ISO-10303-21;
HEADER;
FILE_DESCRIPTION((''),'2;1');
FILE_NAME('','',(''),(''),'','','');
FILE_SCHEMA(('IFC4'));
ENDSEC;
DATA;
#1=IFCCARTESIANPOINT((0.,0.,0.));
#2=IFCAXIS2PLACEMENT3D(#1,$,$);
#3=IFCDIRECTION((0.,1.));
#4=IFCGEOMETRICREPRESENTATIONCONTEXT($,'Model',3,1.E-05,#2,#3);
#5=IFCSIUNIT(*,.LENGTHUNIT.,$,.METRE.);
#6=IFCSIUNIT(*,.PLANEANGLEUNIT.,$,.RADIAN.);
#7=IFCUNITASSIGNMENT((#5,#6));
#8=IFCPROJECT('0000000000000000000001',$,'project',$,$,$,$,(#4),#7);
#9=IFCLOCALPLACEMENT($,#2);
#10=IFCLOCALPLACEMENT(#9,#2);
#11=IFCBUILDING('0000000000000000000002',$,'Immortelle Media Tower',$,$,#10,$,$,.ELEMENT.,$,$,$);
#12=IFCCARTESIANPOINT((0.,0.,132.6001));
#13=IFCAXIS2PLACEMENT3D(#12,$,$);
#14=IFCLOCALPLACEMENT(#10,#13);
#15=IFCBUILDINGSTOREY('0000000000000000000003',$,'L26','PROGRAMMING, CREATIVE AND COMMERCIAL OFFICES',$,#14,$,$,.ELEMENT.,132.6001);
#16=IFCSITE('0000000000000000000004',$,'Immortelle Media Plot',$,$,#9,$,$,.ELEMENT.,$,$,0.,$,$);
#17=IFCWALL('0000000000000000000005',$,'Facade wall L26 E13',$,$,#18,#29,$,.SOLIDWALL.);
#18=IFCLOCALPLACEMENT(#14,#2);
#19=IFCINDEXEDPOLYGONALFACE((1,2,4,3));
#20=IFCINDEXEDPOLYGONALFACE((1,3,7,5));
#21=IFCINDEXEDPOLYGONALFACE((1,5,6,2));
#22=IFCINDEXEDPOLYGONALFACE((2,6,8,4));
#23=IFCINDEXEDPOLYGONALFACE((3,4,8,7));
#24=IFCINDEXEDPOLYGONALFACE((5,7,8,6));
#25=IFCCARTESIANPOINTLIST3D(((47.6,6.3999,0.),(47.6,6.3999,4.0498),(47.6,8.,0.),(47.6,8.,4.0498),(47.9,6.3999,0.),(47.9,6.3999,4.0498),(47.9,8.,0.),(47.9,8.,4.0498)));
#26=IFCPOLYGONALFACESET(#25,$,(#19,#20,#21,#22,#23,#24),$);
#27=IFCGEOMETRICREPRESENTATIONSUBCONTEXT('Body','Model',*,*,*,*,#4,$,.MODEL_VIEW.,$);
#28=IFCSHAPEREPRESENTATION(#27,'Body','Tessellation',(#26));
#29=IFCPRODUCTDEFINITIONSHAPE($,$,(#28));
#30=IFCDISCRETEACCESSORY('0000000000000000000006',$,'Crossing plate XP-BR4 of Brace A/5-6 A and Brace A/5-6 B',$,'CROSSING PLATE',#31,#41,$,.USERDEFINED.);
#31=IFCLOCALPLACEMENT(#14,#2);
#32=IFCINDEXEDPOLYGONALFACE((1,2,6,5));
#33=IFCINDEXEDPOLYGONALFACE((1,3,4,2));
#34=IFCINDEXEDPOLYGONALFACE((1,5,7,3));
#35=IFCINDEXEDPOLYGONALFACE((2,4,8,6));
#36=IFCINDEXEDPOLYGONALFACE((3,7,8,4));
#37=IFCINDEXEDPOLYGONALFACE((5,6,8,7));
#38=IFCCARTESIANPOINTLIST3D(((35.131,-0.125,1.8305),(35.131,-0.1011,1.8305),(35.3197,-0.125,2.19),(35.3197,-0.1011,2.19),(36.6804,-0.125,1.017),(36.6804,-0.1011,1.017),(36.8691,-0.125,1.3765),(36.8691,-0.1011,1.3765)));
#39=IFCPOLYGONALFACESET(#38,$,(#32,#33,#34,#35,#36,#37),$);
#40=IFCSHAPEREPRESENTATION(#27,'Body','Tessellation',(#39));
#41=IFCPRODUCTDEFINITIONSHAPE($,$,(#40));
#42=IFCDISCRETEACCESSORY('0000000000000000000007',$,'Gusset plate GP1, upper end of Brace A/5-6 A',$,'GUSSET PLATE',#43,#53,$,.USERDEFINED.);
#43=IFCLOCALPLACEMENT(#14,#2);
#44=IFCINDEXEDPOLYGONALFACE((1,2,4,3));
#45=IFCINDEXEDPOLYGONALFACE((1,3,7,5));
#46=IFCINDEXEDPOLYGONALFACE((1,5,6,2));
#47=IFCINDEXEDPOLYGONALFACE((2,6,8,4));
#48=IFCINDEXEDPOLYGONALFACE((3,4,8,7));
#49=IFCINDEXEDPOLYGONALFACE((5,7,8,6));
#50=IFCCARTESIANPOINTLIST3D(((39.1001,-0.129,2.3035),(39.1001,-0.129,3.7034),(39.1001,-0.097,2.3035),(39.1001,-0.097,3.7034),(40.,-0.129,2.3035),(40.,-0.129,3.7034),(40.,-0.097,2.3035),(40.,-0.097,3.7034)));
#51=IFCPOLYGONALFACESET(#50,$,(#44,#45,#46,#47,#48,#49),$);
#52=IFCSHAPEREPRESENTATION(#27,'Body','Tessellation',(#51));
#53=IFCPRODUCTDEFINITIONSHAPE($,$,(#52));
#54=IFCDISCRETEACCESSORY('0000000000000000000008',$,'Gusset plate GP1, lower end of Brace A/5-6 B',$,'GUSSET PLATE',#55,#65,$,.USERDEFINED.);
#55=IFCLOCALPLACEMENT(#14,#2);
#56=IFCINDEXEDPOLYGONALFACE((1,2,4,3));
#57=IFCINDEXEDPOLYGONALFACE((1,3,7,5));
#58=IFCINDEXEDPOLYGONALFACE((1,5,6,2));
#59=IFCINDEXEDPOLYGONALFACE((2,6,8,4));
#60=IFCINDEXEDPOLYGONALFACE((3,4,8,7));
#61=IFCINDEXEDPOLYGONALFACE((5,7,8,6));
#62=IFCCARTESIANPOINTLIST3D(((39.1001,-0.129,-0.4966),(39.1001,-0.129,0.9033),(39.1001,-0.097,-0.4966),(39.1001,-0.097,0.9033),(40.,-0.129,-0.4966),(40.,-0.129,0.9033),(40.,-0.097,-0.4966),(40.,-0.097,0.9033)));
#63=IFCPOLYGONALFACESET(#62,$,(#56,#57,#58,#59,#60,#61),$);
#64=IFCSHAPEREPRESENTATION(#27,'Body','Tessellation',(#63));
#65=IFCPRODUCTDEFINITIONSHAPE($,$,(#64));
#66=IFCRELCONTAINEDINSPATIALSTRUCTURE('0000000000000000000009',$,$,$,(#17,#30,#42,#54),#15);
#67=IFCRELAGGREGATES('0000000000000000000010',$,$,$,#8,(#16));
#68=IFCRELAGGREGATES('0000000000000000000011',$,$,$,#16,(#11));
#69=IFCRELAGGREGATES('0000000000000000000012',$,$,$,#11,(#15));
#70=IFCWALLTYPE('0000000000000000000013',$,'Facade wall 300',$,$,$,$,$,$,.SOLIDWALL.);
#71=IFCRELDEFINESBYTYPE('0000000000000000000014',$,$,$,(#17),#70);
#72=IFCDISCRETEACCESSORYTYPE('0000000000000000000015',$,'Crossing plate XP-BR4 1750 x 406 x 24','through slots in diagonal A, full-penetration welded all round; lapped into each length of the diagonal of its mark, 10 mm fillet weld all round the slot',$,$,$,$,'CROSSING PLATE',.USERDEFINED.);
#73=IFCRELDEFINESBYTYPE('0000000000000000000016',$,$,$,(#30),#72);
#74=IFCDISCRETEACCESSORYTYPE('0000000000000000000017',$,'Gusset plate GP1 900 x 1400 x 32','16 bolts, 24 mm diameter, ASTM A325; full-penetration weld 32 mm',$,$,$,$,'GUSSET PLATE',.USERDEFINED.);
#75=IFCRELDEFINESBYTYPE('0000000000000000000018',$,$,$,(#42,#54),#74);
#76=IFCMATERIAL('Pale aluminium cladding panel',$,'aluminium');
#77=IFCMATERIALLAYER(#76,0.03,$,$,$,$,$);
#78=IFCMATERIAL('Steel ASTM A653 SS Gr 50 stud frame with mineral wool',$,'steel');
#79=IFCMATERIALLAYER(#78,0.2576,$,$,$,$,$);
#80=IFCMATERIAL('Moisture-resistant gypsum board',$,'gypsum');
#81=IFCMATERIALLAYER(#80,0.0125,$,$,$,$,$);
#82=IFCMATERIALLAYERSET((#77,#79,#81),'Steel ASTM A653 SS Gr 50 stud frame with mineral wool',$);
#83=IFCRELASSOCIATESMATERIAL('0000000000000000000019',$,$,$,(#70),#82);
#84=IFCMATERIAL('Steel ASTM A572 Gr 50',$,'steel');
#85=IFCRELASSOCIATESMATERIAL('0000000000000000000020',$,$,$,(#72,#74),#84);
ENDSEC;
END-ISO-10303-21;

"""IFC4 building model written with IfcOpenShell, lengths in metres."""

from ifc_helpers import new_model, si_unit, direction, frame, frame_2d, origin, origin_2d, place, context, subcontext, project, spatial, rectangle, extrude, material, layer, layer_set, material_profile, profile_set, type_object, element, save


model = new_model("IFC4")

# Units and contexts
model_context = context("Model", 3, precision=1e-05, world=origin(), true_north=direction((0.0, 1.0)))
body_context = subcontext(model_context, "Body", "Model", "MODEL_VIEW")
ifc_project = project(units=[si_unit("LENGTHUNIT", "METRE"), si_unit("PLANEANGLEUNIT", "RADIAN")], contexts=[model_context])

# Site, building, storey
site_placement = place(None, origin())
site = spatial("IfcSite", under=ifc_project, at=site_placement, Name="Immortelle Media Plot", CompositionType="ELEMENT", RefElevation=0.0)
building_placement = place(site_placement, origin())
building = spatial("IfcBuilding", under=site, at=building_placement, Name="Immortelle Media Tower", CompositionType="ELEMENT")
storey_placement = place(building_placement, frame((0.0, 0.0, 132.6001)))
storey = spatial("IfcBuildingStorey", under=building, at=storey_placement, Name="L26", Description="PROGRAMMING, CREATIVE AND COMMERCIAL OFFICES", CompositionType="ELEMENT", Elevation=132.6001)

# Wall
ifc_material_1 = material(Name="Pale aluminium cladding panel", Category="aluminium")
ifc_layer_1 = layer(ifc_material_1, 0.03)
ifc_material_2 = material(Name="Steel ASTM A653 SS Gr 50 stud frame with mineral wool", Category="steel")
ifc_layer_2 = layer(ifc_material_2, 0.2576)
ifc_material_3 = material(Name="Moisture-resistant gypsum board", Category="gypsum")
ifc_layer_3 = layer(ifc_material_3, 0.0125)
ifc_layer_set = layer_set([ifc_layer_1, ifc_layer_2, ifc_layer_3], Name="Steel ASTM A653 SS Gr 50 stud frame with mineral wool")
wall_type = type_object("IfcWallType", Name="Facade wall 300", PredefinedType="SOLIDWALL", material=ifc_layer_set)
wall_1_placement = place(storey_placement, frame((47.75, 6.3999, 0.0), z_axis=(0.0, 0.0, 1.0), x_axis=(0.0, 1.0, 0.0)))
element("IfcWall", 1, at=wall_1_placement, inside=storey, type_object=wall_type, Name="Facade wall L26 E13", PredefinedType="SOLIDWALL", context=body_context, shape_type="SweptSolid", body=[
    extrude(rectangle(XDim=1.6001, YDim=0.3, at=frame_2d((0.8, 0.0))), origin(), (0.0, 0.0, 1.0), 4.0498),
])

# Discrete accessories
ifc_material_4 = material(Name="Steel ASTM A572 Gr 50", Category="steel")
ifc_material_profile_1 = material_profile(ifc_material_4, rectangle(XDim=0.0239, YDim=0.406, at=origin_2d()), Name="PL 24 x 406")
ifc_profile_set_1 = profile_set([ifc_material_profile_1], Name="Steel ASTM A572 Gr 50")
discrete_accessory_type_1 = type_object("IfcDiscreteAccessoryType", Name="Crossing plate XP-BR4 1750 x 406 x 24", Description="through slots in diagonal A, full-penetration welded all round; lapped into each length of the diagonal of its mark, 10 mm fillet weld all round the slot", ElementType="CROSSING PLATE", PredefinedType="USERDEFINED", material=ifc_profile_set_1)
discrete_accessory_placement = place(storey_placement, frame((35.2253, -0.113, 2.0103), z_axis=(0.885378, 0.0, -0.464872), x_axis=(0.0, 1.0, 0.0)))
element("IfcDiscreteAccessory", 2, at=discrete_accessory_placement, inside=storey, type_object=discrete_accessory_type_1, Name="Crossing plate XP-BR4 of Brace A/5-6 A and Brace A/5-6 B", ObjectType="CROSSING PLATE", PredefinedType="USERDEFINED", context=body_context, shape_type="SweptSolid", body=[
    extrude(rectangle(XDim=0.0239, YDim=0.406, at=origin_2d()), origin(), (0.0, 0.0, 1.0), 1.75),
])
ifc_material_profile_2 = material_profile(ifc_material_4, rectangle(XDim=0.032, YDim=1.3999, at=origin_2d()), Name="PL 32 x 1400")
ifc_profile_set_2 = profile_set([ifc_material_profile_2], Name="Steel ASTM A572 Gr 50")
discrete_accessory_type_2 = type_object("IfcDiscreteAccessoryType", Name="Gusset plate GP1 900 x 1400 x 32", Description="16 bolts, 24 mm diameter, ASTM A325; full-penetration weld 32 mm", ElementType="GUSSET PLATE", PredefinedType="USERDEFINED", material=ifc_profile_set_2)
for number, where, z_axis, x_axis, name in (
    (3, (40.0, -0.113, 3.0034), (-1.0, 0.0, 0.0), (0.0, -1.0, 0.0), "Gusset plate GP1, upper end of Brace A/5-6 A"),
    (4, (40.0, -0.113, 0.2034), (-1.0, 0.0, 0.0), (0.0, -1.0, 0.0), "Gusset plate GP1, lower end of Brace A/5-6 B"),
):
    element("IfcDiscreteAccessory", number, at=place(storey_placement, frame(where, z_axis=z_axis, x_axis=x_axis)), inside=storey, type_object=discrete_accessory_type_2, Name=name, ObjectType="GUSSET PLATE", PredefinedType="USERDEFINED", context=body_context, shape_type="SweptSolid", body=[
        extrude(rectangle(XDim=0.032, YDim=1.3999, at=origin_2d()), origin(), (0.0, 0.0, 1.0), 0.8999),
    ])

save(model, "model.ifc")
